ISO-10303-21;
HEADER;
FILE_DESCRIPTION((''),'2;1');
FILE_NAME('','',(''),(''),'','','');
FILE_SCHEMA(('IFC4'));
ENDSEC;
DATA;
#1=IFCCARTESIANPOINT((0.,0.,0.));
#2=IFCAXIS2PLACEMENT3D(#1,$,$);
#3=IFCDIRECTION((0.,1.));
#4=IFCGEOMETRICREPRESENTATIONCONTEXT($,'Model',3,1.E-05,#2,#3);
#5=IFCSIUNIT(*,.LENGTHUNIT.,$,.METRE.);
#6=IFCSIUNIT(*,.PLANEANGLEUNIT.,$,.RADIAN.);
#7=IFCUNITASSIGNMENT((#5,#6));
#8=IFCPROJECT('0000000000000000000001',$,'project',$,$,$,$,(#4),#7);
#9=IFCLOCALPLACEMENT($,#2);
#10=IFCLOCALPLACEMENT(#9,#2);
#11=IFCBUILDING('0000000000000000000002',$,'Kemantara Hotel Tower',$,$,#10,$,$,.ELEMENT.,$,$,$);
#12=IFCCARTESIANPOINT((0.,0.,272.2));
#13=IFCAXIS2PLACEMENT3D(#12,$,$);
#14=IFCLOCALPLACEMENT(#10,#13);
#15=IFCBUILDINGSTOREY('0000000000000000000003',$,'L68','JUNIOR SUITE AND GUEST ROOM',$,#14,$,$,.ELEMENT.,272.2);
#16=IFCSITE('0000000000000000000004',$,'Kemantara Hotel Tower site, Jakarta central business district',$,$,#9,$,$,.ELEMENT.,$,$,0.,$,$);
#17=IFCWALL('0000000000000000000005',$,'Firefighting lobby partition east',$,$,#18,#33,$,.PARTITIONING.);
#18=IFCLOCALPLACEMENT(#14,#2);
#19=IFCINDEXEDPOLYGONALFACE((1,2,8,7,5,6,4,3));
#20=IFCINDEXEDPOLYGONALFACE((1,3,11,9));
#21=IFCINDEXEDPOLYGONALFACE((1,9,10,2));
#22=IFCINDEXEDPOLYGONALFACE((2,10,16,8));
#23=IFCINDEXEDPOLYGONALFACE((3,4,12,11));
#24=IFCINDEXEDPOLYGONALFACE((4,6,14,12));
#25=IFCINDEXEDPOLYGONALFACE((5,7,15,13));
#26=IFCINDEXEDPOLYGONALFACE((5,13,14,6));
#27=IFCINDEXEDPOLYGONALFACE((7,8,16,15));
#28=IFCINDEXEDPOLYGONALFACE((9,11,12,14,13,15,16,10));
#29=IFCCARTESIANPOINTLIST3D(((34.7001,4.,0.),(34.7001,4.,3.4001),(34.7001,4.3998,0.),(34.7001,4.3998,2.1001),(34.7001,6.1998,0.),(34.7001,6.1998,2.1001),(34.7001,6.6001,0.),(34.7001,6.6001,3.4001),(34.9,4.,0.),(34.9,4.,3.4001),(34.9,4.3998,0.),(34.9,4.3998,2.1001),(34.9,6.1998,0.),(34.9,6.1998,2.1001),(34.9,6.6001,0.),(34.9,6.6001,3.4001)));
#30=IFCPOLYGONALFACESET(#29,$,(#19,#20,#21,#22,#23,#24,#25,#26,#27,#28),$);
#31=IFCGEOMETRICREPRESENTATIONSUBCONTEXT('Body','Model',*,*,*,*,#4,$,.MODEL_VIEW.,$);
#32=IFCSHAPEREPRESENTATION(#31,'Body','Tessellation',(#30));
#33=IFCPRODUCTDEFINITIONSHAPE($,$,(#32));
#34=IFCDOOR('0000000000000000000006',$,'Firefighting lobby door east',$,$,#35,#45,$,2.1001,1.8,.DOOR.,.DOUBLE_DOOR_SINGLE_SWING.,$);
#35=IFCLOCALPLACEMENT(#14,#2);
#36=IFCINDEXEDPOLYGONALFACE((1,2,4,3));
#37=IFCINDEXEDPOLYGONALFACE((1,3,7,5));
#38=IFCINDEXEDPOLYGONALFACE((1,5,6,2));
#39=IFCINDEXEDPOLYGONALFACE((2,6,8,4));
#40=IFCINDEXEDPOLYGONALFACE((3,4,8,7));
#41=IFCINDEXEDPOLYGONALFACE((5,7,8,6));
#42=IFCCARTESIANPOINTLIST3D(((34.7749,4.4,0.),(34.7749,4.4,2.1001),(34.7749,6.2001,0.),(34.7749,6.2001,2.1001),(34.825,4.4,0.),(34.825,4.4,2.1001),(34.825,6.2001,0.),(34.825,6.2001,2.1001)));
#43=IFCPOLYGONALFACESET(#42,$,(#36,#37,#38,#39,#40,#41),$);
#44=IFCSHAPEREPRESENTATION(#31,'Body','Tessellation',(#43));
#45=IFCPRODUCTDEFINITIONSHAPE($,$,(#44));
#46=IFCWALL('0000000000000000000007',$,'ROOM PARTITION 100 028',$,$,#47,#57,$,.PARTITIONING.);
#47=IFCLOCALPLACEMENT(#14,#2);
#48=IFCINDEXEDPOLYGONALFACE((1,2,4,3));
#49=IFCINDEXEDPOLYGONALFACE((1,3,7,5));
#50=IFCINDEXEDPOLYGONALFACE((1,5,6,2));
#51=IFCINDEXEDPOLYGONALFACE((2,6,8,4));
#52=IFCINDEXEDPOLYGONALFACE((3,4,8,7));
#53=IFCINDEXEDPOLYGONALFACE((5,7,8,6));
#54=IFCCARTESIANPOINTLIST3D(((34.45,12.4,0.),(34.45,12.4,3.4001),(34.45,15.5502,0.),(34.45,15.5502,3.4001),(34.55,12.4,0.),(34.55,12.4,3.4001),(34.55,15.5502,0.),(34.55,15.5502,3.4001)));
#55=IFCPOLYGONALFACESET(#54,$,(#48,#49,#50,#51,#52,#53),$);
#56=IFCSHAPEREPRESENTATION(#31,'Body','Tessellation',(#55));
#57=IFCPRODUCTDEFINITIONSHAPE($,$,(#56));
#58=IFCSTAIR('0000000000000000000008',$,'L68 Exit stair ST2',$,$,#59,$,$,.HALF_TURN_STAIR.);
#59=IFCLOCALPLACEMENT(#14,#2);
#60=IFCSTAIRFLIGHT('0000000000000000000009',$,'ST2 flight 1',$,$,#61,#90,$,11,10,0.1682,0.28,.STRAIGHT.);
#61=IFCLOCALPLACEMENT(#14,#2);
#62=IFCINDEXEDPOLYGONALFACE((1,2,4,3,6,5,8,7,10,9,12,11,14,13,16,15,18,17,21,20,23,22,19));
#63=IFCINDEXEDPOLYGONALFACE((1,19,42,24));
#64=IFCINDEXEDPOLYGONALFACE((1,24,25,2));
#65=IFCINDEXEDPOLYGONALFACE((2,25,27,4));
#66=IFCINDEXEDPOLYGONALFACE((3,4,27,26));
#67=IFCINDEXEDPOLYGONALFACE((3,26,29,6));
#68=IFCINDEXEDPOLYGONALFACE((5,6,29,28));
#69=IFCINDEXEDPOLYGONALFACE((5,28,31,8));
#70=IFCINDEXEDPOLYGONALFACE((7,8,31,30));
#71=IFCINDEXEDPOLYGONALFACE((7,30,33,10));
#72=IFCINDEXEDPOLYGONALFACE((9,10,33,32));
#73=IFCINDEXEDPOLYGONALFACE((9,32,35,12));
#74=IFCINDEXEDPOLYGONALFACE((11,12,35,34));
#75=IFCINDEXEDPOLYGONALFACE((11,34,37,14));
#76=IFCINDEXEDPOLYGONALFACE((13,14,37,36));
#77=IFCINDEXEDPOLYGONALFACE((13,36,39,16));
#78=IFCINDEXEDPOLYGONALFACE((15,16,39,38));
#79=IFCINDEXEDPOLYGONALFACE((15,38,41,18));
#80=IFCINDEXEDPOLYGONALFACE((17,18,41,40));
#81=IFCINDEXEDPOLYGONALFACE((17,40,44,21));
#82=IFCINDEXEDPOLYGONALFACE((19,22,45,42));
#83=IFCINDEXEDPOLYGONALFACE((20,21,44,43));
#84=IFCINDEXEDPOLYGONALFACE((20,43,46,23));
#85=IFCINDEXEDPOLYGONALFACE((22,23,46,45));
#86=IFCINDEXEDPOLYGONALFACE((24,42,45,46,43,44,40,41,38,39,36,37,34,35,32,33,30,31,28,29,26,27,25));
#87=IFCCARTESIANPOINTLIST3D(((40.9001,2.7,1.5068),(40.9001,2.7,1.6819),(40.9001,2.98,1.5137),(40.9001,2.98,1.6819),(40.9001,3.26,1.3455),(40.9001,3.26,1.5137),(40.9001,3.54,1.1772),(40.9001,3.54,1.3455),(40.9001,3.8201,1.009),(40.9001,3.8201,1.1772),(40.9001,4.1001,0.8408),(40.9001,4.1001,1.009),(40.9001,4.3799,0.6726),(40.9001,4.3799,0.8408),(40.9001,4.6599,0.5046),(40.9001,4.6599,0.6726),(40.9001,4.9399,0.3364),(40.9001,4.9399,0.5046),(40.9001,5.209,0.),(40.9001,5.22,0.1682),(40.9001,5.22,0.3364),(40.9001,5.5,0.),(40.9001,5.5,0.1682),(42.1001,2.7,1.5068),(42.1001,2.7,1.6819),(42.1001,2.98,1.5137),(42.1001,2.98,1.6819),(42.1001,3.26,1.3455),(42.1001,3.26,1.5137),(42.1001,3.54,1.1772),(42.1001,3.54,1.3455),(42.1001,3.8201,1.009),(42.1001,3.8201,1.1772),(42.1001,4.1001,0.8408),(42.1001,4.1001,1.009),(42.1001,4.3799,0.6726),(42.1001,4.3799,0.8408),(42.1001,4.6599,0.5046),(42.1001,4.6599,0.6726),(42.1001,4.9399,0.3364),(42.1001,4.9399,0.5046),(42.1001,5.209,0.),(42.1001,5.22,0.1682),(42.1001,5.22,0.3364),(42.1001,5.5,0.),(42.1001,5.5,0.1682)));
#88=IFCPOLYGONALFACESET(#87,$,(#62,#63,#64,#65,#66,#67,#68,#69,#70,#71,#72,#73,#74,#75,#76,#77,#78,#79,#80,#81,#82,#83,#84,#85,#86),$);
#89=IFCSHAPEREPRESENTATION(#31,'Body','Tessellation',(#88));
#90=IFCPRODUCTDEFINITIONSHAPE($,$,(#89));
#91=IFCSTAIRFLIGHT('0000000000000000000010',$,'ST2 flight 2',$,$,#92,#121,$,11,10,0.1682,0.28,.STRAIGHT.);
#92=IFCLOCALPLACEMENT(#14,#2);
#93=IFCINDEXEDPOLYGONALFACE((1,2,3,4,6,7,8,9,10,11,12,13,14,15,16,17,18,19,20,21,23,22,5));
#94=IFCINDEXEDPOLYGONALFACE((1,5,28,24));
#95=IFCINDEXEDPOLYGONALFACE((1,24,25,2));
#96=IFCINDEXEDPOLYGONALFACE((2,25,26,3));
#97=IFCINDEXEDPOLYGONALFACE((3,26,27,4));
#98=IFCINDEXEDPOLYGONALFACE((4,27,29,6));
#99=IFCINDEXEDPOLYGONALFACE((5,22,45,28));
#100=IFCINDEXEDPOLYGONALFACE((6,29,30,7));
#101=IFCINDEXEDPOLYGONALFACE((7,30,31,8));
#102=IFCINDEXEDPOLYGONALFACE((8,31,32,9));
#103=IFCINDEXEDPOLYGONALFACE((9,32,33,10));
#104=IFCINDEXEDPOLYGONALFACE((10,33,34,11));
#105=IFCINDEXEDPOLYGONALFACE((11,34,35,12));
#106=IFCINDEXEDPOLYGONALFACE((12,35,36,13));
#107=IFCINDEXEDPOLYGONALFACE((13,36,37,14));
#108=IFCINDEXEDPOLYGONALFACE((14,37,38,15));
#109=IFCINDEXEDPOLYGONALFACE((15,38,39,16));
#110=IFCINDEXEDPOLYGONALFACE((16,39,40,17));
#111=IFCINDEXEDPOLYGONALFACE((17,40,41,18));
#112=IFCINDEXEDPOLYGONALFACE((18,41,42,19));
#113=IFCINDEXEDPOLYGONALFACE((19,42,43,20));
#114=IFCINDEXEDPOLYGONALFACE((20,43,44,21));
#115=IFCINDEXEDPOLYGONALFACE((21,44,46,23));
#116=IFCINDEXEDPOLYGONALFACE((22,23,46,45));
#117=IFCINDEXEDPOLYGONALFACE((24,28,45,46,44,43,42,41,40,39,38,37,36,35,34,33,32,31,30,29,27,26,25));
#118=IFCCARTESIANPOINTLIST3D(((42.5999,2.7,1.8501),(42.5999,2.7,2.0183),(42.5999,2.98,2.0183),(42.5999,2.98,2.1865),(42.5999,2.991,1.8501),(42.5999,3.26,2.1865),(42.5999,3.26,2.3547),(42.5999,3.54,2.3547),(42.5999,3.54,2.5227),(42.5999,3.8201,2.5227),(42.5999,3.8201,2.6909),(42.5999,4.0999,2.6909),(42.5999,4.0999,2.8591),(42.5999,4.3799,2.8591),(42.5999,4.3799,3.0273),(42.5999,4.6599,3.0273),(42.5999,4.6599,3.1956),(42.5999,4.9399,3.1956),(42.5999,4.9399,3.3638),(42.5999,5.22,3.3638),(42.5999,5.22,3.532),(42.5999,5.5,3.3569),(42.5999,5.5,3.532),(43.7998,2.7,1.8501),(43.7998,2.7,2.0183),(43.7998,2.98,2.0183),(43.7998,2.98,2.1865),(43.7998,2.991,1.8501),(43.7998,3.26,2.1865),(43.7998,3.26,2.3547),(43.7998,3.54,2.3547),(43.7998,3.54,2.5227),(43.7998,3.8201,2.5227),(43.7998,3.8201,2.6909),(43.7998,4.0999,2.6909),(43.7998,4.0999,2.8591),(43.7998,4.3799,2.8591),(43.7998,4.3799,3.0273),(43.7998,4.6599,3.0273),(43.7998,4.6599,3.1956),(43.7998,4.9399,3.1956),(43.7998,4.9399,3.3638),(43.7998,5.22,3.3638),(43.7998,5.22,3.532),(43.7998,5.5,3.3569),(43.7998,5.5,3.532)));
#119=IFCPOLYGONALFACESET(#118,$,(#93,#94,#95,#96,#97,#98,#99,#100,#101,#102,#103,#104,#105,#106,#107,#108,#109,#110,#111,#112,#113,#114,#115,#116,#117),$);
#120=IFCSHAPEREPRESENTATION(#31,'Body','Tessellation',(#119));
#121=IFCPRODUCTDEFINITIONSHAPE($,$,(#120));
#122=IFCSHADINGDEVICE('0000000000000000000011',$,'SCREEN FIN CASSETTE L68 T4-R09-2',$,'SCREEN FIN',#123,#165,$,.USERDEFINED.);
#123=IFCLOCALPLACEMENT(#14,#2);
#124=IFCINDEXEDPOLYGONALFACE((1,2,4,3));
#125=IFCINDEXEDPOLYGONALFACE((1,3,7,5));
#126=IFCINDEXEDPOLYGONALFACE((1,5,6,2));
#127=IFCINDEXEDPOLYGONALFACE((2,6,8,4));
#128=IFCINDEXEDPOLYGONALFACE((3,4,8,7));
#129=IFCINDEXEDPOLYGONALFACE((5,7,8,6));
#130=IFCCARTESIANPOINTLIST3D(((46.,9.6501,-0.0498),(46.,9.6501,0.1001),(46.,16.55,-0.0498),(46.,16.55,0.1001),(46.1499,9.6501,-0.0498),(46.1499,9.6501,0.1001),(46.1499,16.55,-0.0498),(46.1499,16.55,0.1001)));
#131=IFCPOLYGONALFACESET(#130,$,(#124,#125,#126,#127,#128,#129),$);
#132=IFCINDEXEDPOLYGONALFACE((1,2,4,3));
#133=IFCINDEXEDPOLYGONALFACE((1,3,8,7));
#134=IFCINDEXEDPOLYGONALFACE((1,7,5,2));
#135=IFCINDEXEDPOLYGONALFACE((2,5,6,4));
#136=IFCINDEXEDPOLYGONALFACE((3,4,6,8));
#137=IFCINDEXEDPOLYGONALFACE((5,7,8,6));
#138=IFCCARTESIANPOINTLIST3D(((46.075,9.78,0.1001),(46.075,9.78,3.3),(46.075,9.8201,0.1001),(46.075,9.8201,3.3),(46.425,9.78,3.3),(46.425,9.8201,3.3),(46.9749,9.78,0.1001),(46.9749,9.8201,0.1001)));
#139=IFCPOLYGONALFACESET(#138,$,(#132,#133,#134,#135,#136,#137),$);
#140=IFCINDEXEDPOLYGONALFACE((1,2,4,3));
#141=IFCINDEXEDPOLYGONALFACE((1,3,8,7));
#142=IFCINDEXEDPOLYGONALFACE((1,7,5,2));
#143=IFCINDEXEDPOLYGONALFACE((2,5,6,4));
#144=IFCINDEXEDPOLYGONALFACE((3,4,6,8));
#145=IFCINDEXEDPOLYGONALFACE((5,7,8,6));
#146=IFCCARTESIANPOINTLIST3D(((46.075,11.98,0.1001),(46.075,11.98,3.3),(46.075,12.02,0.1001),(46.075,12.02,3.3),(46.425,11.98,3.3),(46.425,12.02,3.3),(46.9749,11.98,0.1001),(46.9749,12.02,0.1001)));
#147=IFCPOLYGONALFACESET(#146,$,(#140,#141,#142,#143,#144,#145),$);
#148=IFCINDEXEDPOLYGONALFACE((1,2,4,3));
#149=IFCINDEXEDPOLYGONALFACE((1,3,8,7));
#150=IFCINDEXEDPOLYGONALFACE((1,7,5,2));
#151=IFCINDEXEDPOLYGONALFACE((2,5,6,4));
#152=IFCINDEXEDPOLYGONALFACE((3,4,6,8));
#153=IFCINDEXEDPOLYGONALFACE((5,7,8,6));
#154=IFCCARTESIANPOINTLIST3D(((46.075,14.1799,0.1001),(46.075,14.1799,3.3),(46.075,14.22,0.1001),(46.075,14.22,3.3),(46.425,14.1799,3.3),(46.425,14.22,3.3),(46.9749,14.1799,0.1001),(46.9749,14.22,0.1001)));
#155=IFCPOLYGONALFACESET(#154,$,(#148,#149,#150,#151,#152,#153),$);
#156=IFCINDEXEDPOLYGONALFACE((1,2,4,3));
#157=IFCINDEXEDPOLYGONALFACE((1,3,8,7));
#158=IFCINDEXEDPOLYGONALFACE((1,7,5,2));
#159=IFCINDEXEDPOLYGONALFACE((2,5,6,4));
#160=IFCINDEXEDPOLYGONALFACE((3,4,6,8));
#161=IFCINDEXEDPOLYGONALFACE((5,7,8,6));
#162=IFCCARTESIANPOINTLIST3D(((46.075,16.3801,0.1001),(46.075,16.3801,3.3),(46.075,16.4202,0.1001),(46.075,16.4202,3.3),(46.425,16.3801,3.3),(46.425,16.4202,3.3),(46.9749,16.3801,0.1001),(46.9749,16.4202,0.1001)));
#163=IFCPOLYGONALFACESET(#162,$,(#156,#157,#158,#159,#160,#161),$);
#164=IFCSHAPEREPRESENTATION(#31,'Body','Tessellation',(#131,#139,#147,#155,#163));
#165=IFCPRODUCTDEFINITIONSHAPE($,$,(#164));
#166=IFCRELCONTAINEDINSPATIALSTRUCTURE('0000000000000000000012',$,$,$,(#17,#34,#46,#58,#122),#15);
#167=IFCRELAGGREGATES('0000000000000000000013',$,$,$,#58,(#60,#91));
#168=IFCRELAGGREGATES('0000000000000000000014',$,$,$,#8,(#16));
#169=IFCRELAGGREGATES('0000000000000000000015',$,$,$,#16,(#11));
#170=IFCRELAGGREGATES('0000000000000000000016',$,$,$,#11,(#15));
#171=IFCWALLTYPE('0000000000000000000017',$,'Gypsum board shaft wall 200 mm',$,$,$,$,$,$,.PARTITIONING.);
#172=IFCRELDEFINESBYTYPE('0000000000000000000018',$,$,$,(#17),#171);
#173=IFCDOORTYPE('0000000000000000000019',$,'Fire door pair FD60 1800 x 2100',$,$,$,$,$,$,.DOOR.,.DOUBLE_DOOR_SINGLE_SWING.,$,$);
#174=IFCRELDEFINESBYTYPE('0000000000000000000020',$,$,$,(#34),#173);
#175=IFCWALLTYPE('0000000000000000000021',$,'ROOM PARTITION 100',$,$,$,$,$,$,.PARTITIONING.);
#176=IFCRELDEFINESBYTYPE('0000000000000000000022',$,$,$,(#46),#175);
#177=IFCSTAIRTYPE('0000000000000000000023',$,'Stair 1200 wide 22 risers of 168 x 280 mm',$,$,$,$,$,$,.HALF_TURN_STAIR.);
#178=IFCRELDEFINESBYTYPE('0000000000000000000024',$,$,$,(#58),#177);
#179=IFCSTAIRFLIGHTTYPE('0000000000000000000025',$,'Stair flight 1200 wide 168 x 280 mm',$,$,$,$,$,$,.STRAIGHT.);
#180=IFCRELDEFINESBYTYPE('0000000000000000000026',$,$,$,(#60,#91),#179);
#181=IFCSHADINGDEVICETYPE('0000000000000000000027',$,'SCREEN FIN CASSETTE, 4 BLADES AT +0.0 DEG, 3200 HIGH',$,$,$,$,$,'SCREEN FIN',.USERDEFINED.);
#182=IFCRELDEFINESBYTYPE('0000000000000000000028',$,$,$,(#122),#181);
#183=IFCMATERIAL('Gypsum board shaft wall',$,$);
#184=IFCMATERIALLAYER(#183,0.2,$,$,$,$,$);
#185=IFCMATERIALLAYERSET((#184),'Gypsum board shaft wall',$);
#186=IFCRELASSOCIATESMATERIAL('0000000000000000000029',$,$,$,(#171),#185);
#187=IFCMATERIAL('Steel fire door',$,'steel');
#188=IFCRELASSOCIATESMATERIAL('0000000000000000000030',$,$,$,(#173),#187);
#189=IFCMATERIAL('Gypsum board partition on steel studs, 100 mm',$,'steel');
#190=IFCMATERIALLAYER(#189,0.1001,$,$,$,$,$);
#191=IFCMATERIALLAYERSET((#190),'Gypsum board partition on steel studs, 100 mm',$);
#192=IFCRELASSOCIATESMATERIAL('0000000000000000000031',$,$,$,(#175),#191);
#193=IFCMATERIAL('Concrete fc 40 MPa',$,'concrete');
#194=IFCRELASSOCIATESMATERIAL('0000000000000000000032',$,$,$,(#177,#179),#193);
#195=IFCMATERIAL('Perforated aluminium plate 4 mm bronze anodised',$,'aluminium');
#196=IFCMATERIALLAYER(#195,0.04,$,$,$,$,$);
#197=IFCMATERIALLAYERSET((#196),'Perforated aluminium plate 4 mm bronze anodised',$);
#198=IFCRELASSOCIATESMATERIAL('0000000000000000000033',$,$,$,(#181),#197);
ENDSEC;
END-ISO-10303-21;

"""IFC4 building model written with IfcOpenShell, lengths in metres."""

from ifc_helpers import new_model, si_unit, direction, frame, frame_2d, origin, origin_2d, place, context, subcontext, project, spatial, polyline, rectangle, outline, extrude, source, transform, mapped, material, layer, layer_set, type_object, element, fill, aggregate, save


model = new_model("IFC4")

# Units and contexts
model_context = context("Model", 3, precision=1e-05, world=origin(), true_north=direction((0.0, 1.0)))
body_context = subcontext(model_context, "Body", "Model", "MODEL_VIEW")
ifc_project = project(units=[si_unit("LENGTHUNIT", "METRE"), si_unit("PLANEANGLEUNIT", "RADIAN")], contexts=[model_context])

# Site, building, storey
site_placement = place(None, origin())
site = spatial("IfcSite", under=ifc_project, at=site_placement, Name="Kemantara Hotel Tower site, Jakarta central business district", CompositionType="ELEMENT", RefElevation=0.0)
building_placement = place(site_placement, origin())
building = spatial("IfcBuilding", under=site, at=building_placement, Name="Kemantara Hotel Tower", CompositionType="ELEMENT")
storey_placement = place(building_placement, frame((0.0, 0.0, 272.2)))
storey = spatial("IfcBuildingStorey", under=building, at=storey_placement, Name="L68", Description="JUNIOR SUITE AND GUEST ROOM", CompositionType="ELEMENT", Elevation=272.2)

# Shared definitions
ifc_material_1 = material(Name="Steel fire door", Category="steel")

# Wall, opening, door
ifc_material_2 = material(Name="Gypsum board shaft wall")
ifc_layer_1 = layer(ifc_material_2, 0.2)
ifc_layer_set_1 = layer_set([ifc_layer_1], Name="Gypsum board shaft wall")
wall_type_1 = type_object("IfcWallType", Name="Gypsum board shaft wall 200 mm", PredefinedType="PARTITIONING", material=ifc_layer_set_1)
wall_1_placement = place(storey_placement, frame((34.8, 4.0, 0.0), z_axis=(0.0, 0.0, 1.0), x_axis=(0.0, 1.0, 0.0)))
wall_1 = element("IfcWall", 1, at=wall_1_placement, inside=storey, type_object=wall_type_1, Name="Firefighting lobby partition east", PredefinedType="PARTITIONING", context=body_context, shape_type="SweptSolid", body=[
    extrude(rectangle(XDim=2.6001, YDim=0.2, at=frame_2d((1.3, 0.0))), origin(), (0.0, 0.0, 1.0), 3.4001),
])
opening_1_placement = place(wall_1_placement, frame((0.3999, 0.0, 0.0)))
opening_1 = element("IfcOpeningElement", 2, at=opening_1_placement, cuts=wall_1, PredefinedType="OPENING", context=body_context, shape_type="SweptSolid", body=[
    extrude(rectangle(XDim=1.8, YDim=2.1001, at=frame_2d((0.8999, 1.05))), frame((0.0, 0.1099, 0.0), z_axis=(0.0, -1.0, 0.0), x_axis=(1.0, 0.0, 0.0)), (0.0, 0.0, 1.0), 0.22),
])
door_type_1 = type_object("IfcDoorType", Name="Fire door pair FD60 1800 x 2100", OperationType="DOUBLE_DOOR_SINGLE_SWING", PredefinedType="DOOR", material=ifc_material_1)
door_1_placement = place(opening_1_placement, frame((1.8, 0.0, 0.0), z_axis=(0.0, 0.0, 1.0), x_axis=(-1.0, 0.0, 0.0)))
door_1 = element("IfcDoor", 3, at=door_1_placement, inside=storey, type_object=door_type_1, Name="Firefighting lobby door east", OperationType="DOUBLE_DOOR_SINGLE_SWING", OverallHeight=2.1001, OverallWidth=1.8, PredefinedType="DOOR", context=body_context, shape_type="SweptSolid", body=[
    extrude(rectangle(XDim=1.8, YDim=2.1001, at=frame_2d((0.8999, 1.05))), frame((0.0, 0.0249, 0.0), z_axis=(0.0, -1.0, 0.0), x_axis=(1.0, 0.0, 0.0)), (0.0, 0.0, 1.0), 0.05),
])
fill(opening_1, door_1)

# Wall
ifc_material_3 = material(Name="Gypsum board partition on steel studs, 100 mm", Category="steel")
ifc_layer_2 = layer(ifc_material_3, 0.1001)
ifc_layer_set_2 = layer_set([ifc_layer_2], Name="Gypsum board partition on steel studs, 100 mm")
wall_type_2 = type_object("IfcWallType", Name="ROOM PARTITION 100", PredefinedType="PARTITIONING", material=ifc_layer_set_2)
wall_2_placement = place(storey_placement, frame((34.5, 12.3999, 0.0), z_axis=(0.0, 0.0, 1.0), x_axis=(0.0, 1.0, 0.0)))
element("IfcWall", 4, at=wall_2_placement, inside=storey, type_object=wall_type_2, Name="ROOM PARTITION 100 028", PredefinedType="PARTITIONING", context=body_context, shape_type="SweptSolid", body=[
    extrude(rectangle(XDim=3.1501, YDim=0.1001, at=frame_2d((1.5752, 0.0))), origin(), (0.0, 0.0, 1.0), 3.4001),
])

# Stair, stair flights
ifc_material_4 = material(Name="Concrete fc 40 MPa", Category="concrete")
stair_type = type_object("IfcStairType", Name="Stair 1200 wide 22 risers of 168 x 280 mm", PredefinedType="HALF_TURN_STAIR", material=ifc_material_4)
stair_placement = place(storey_placement, origin())
stair = element("IfcStair", 5, at=stair_placement, inside=storey, type_object=stair_type, Name="L68 Exit stair ST2", PredefinedType="HALF_TURN_STAIR")
stair_flight_type = type_object("IfcStairFlightType", Name="Stair flight 1200 wide 168 x 280 mm", PredefinedType="STRAIGHT", material=ifc_material_4)
stair_flight_1_placement = place(storey_placement, frame((41.5, 5.5, 0.0), z_axis=(0.0, 0.0, 1.0), x_axis=(0.0, -1.0, 0.0)))
stair_flight_1 = element("IfcStairFlight", 6, at=stair_flight_1_placement, type_object=stair_flight_type, Name="ST2 flight 1", NumberOfRisers=11, NumberOfTreads=10, PredefinedType="STRAIGHT", RiserHeight=0.1682, TreadLength=0.28, context=body_context, shape_type="SweptSolid", body=[
    extrude(outline(polyline([(0.0, 0.0), (0.0, 0.1682), (0.28, 0.1682), (0.28, 0.3364), (0.5601, 0.3364), (0.5601, 0.5046), (0.8401, 0.5046), (0.8401, 0.6726), (1.1201, 0.6726), (1.1201, 0.8408), (1.3999, 0.8408), (1.3999, 1.009), (1.6799, 1.009), (1.6799, 1.1772), (1.96, 1.1772), (1.96, 1.3455), (2.24, 1.3455), (2.24, 1.5137), (2.52, 1.5137), (2.52, 1.6819), (2.8, 1.6819), (2.8, 1.8501), (2.8, 1.5068), (0.291, 0.0), (0.0, 0.0)])), frame((0.0, 0.6001, 0.0), z_axis=(0.0, -1.0, 0.0), x_axis=(1.0, 0.0, 0.0)), (0.0, 0.0, 1.0), 1.2),
])
stair_flight_2_placement = place(storey_placement, frame((43.2, 2.7, 1.8501), z_axis=(0.0, 0.0, 1.0), x_axis=(0.0, 1.0, 0.0)))
stair_flight_2 = element("IfcStairFlight", 7, at=stair_flight_2_placement, type_object=stair_flight_type, Name="ST2 flight 2", NumberOfRisers=11, NumberOfTreads=10, PredefinedType="STRAIGHT", RiserHeight=0.1682, TreadLength=0.28, context=body_context, shape_type="SweptSolid", body=[
    extrude(outline(polyline([(0.0, 0.0), (0.0, 0.1682), (0.28, 0.1682), (0.28, 0.3364), (0.5601, 0.3364), (0.5601, 0.5046), (0.8401, 0.5046), (0.8401, 0.6726), (1.1201, 0.6726), (1.1201, 0.8408), (1.3999, 0.8408), (1.3999, 1.009), (1.6799, 1.009), (1.6799, 1.1772), (1.96, 1.1772), (1.96, 1.3455), (2.24, 1.3455), (2.24, 1.5137), (2.52, 1.5137), (2.52, 1.6819), (2.8, 1.6819), (2.8, 1.8501), (2.8, 1.5068), (0.291, 0.0), (0.0, 0.0)])), frame((0.0, 0.6001, 0.0), z_axis=(0.0, -1.0, 0.0), x_axis=(1.0, 0.0, 0.0)), (0.0, 0.0, 1.0), 1.2),
])
aggregate(stair, [stair_flight_1, stair_flight_2])

# Shading device
ifc_material_5 = material(Name="Perforated aluminium plate 4 mm bronze anodised", Category="aluminium")
ifc_layer_3 = layer(ifc_material_5, 0.04)
ifc_layer_set_3 = layer_set([ifc_layer_3], Name="Perforated aluminium plate 4 mm bronze anodised")
shading_device_type_1 = type_object("IfcShadingDeviceType", Name="SCREEN FIN CASSETTE, 4 BLADES AT +0.0 DEG, 3200 HIGH", ElementType="SCREEN FIN", PredefinedType="USERDEFINED", material=ifc_layer_set_3)
shared_shape_1 = source(origin(), body_context, "Body", "SweptSolid", [
    extrude(rectangle(XDim=6.8999, YDim=0.1499, at=origin_2d()), frame((3.3, -0.075, -0.1499), z_axis=(0.0, 0.0, 1.0), x_axis=(1.0, 0.0, 0.0)), (0.0, 0.0, 1.0), 0.1499),
    extrude(outline(polyline([(0.0, 0.0), (0.8999, 0.0), (0.3501, 3.2), (0.0, 3.2), (0.0, 0.0)])), frame((0.02, -0.075, 0.0), z_axis=(-1.0, 0.0, 0.0), x_axis=(0.0, -1.0, 0.0)), (0.0, 0.0, 1.0), 0.04),
    extrude(outline(polyline([(0.0, 0.0), (0.8999, 0.0), (0.3501, 3.2), (0.0, 3.2), (0.0, 0.0)])), frame((2.22, -0.075, 0.0), z_axis=(-1.0, 0.0, 0.0), x_axis=(0.0, -1.0, 0.0)), (0.0, 0.0, 1.0), 0.04),
    extrude(outline(polyline([(0.0, 0.0), (0.8999, 0.0), (0.3501, 3.2), (0.0, 3.2), (0.0, 0.0)])), frame((4.4199, -0.075, 0.0), z_axis=(-1.0, 0.0, 0.0), x_axis=(0.0, -1.0, 0.0)), (0.0, 0.0, 1.0), 0.04),
    extrude(outline(polyline([(0.0, 0.0), (0.8999, 0.0), (0.3501, 3.2), (0.0, 3.2), (0.0, 0.0)])), frame((6.6201, -0.075, 0.0), z_axis=(-1.0, 0.0, 0.0), x_axis=(0.0, -1.0, 0.0)), (0.0, 0.0, 1.0), 0.04),
])
shading_device_1_placement = place(storey_placement, frame((46.0, 9.8, 0.1001), z_axis=(0.0, 0.0, 1.0), x_axis=(0.0, 1.0, 0.0)))
element("IfcShadingDevice", 8, at=shading_device_1_placement, inside=storey, type_object=shading_device_type_1, Name="SCREEN FIN CASSETTE L68 T4-R09-2", ObjectType="SCREEN FIN", PredefinedType="USERDEFINED", context=body_context, shape_type="MappedRepresentation", body=[
    mapped(shared_shape_1, transform((0.0, 0.0, 0.0))),
])

save(model, "model.ifc")
